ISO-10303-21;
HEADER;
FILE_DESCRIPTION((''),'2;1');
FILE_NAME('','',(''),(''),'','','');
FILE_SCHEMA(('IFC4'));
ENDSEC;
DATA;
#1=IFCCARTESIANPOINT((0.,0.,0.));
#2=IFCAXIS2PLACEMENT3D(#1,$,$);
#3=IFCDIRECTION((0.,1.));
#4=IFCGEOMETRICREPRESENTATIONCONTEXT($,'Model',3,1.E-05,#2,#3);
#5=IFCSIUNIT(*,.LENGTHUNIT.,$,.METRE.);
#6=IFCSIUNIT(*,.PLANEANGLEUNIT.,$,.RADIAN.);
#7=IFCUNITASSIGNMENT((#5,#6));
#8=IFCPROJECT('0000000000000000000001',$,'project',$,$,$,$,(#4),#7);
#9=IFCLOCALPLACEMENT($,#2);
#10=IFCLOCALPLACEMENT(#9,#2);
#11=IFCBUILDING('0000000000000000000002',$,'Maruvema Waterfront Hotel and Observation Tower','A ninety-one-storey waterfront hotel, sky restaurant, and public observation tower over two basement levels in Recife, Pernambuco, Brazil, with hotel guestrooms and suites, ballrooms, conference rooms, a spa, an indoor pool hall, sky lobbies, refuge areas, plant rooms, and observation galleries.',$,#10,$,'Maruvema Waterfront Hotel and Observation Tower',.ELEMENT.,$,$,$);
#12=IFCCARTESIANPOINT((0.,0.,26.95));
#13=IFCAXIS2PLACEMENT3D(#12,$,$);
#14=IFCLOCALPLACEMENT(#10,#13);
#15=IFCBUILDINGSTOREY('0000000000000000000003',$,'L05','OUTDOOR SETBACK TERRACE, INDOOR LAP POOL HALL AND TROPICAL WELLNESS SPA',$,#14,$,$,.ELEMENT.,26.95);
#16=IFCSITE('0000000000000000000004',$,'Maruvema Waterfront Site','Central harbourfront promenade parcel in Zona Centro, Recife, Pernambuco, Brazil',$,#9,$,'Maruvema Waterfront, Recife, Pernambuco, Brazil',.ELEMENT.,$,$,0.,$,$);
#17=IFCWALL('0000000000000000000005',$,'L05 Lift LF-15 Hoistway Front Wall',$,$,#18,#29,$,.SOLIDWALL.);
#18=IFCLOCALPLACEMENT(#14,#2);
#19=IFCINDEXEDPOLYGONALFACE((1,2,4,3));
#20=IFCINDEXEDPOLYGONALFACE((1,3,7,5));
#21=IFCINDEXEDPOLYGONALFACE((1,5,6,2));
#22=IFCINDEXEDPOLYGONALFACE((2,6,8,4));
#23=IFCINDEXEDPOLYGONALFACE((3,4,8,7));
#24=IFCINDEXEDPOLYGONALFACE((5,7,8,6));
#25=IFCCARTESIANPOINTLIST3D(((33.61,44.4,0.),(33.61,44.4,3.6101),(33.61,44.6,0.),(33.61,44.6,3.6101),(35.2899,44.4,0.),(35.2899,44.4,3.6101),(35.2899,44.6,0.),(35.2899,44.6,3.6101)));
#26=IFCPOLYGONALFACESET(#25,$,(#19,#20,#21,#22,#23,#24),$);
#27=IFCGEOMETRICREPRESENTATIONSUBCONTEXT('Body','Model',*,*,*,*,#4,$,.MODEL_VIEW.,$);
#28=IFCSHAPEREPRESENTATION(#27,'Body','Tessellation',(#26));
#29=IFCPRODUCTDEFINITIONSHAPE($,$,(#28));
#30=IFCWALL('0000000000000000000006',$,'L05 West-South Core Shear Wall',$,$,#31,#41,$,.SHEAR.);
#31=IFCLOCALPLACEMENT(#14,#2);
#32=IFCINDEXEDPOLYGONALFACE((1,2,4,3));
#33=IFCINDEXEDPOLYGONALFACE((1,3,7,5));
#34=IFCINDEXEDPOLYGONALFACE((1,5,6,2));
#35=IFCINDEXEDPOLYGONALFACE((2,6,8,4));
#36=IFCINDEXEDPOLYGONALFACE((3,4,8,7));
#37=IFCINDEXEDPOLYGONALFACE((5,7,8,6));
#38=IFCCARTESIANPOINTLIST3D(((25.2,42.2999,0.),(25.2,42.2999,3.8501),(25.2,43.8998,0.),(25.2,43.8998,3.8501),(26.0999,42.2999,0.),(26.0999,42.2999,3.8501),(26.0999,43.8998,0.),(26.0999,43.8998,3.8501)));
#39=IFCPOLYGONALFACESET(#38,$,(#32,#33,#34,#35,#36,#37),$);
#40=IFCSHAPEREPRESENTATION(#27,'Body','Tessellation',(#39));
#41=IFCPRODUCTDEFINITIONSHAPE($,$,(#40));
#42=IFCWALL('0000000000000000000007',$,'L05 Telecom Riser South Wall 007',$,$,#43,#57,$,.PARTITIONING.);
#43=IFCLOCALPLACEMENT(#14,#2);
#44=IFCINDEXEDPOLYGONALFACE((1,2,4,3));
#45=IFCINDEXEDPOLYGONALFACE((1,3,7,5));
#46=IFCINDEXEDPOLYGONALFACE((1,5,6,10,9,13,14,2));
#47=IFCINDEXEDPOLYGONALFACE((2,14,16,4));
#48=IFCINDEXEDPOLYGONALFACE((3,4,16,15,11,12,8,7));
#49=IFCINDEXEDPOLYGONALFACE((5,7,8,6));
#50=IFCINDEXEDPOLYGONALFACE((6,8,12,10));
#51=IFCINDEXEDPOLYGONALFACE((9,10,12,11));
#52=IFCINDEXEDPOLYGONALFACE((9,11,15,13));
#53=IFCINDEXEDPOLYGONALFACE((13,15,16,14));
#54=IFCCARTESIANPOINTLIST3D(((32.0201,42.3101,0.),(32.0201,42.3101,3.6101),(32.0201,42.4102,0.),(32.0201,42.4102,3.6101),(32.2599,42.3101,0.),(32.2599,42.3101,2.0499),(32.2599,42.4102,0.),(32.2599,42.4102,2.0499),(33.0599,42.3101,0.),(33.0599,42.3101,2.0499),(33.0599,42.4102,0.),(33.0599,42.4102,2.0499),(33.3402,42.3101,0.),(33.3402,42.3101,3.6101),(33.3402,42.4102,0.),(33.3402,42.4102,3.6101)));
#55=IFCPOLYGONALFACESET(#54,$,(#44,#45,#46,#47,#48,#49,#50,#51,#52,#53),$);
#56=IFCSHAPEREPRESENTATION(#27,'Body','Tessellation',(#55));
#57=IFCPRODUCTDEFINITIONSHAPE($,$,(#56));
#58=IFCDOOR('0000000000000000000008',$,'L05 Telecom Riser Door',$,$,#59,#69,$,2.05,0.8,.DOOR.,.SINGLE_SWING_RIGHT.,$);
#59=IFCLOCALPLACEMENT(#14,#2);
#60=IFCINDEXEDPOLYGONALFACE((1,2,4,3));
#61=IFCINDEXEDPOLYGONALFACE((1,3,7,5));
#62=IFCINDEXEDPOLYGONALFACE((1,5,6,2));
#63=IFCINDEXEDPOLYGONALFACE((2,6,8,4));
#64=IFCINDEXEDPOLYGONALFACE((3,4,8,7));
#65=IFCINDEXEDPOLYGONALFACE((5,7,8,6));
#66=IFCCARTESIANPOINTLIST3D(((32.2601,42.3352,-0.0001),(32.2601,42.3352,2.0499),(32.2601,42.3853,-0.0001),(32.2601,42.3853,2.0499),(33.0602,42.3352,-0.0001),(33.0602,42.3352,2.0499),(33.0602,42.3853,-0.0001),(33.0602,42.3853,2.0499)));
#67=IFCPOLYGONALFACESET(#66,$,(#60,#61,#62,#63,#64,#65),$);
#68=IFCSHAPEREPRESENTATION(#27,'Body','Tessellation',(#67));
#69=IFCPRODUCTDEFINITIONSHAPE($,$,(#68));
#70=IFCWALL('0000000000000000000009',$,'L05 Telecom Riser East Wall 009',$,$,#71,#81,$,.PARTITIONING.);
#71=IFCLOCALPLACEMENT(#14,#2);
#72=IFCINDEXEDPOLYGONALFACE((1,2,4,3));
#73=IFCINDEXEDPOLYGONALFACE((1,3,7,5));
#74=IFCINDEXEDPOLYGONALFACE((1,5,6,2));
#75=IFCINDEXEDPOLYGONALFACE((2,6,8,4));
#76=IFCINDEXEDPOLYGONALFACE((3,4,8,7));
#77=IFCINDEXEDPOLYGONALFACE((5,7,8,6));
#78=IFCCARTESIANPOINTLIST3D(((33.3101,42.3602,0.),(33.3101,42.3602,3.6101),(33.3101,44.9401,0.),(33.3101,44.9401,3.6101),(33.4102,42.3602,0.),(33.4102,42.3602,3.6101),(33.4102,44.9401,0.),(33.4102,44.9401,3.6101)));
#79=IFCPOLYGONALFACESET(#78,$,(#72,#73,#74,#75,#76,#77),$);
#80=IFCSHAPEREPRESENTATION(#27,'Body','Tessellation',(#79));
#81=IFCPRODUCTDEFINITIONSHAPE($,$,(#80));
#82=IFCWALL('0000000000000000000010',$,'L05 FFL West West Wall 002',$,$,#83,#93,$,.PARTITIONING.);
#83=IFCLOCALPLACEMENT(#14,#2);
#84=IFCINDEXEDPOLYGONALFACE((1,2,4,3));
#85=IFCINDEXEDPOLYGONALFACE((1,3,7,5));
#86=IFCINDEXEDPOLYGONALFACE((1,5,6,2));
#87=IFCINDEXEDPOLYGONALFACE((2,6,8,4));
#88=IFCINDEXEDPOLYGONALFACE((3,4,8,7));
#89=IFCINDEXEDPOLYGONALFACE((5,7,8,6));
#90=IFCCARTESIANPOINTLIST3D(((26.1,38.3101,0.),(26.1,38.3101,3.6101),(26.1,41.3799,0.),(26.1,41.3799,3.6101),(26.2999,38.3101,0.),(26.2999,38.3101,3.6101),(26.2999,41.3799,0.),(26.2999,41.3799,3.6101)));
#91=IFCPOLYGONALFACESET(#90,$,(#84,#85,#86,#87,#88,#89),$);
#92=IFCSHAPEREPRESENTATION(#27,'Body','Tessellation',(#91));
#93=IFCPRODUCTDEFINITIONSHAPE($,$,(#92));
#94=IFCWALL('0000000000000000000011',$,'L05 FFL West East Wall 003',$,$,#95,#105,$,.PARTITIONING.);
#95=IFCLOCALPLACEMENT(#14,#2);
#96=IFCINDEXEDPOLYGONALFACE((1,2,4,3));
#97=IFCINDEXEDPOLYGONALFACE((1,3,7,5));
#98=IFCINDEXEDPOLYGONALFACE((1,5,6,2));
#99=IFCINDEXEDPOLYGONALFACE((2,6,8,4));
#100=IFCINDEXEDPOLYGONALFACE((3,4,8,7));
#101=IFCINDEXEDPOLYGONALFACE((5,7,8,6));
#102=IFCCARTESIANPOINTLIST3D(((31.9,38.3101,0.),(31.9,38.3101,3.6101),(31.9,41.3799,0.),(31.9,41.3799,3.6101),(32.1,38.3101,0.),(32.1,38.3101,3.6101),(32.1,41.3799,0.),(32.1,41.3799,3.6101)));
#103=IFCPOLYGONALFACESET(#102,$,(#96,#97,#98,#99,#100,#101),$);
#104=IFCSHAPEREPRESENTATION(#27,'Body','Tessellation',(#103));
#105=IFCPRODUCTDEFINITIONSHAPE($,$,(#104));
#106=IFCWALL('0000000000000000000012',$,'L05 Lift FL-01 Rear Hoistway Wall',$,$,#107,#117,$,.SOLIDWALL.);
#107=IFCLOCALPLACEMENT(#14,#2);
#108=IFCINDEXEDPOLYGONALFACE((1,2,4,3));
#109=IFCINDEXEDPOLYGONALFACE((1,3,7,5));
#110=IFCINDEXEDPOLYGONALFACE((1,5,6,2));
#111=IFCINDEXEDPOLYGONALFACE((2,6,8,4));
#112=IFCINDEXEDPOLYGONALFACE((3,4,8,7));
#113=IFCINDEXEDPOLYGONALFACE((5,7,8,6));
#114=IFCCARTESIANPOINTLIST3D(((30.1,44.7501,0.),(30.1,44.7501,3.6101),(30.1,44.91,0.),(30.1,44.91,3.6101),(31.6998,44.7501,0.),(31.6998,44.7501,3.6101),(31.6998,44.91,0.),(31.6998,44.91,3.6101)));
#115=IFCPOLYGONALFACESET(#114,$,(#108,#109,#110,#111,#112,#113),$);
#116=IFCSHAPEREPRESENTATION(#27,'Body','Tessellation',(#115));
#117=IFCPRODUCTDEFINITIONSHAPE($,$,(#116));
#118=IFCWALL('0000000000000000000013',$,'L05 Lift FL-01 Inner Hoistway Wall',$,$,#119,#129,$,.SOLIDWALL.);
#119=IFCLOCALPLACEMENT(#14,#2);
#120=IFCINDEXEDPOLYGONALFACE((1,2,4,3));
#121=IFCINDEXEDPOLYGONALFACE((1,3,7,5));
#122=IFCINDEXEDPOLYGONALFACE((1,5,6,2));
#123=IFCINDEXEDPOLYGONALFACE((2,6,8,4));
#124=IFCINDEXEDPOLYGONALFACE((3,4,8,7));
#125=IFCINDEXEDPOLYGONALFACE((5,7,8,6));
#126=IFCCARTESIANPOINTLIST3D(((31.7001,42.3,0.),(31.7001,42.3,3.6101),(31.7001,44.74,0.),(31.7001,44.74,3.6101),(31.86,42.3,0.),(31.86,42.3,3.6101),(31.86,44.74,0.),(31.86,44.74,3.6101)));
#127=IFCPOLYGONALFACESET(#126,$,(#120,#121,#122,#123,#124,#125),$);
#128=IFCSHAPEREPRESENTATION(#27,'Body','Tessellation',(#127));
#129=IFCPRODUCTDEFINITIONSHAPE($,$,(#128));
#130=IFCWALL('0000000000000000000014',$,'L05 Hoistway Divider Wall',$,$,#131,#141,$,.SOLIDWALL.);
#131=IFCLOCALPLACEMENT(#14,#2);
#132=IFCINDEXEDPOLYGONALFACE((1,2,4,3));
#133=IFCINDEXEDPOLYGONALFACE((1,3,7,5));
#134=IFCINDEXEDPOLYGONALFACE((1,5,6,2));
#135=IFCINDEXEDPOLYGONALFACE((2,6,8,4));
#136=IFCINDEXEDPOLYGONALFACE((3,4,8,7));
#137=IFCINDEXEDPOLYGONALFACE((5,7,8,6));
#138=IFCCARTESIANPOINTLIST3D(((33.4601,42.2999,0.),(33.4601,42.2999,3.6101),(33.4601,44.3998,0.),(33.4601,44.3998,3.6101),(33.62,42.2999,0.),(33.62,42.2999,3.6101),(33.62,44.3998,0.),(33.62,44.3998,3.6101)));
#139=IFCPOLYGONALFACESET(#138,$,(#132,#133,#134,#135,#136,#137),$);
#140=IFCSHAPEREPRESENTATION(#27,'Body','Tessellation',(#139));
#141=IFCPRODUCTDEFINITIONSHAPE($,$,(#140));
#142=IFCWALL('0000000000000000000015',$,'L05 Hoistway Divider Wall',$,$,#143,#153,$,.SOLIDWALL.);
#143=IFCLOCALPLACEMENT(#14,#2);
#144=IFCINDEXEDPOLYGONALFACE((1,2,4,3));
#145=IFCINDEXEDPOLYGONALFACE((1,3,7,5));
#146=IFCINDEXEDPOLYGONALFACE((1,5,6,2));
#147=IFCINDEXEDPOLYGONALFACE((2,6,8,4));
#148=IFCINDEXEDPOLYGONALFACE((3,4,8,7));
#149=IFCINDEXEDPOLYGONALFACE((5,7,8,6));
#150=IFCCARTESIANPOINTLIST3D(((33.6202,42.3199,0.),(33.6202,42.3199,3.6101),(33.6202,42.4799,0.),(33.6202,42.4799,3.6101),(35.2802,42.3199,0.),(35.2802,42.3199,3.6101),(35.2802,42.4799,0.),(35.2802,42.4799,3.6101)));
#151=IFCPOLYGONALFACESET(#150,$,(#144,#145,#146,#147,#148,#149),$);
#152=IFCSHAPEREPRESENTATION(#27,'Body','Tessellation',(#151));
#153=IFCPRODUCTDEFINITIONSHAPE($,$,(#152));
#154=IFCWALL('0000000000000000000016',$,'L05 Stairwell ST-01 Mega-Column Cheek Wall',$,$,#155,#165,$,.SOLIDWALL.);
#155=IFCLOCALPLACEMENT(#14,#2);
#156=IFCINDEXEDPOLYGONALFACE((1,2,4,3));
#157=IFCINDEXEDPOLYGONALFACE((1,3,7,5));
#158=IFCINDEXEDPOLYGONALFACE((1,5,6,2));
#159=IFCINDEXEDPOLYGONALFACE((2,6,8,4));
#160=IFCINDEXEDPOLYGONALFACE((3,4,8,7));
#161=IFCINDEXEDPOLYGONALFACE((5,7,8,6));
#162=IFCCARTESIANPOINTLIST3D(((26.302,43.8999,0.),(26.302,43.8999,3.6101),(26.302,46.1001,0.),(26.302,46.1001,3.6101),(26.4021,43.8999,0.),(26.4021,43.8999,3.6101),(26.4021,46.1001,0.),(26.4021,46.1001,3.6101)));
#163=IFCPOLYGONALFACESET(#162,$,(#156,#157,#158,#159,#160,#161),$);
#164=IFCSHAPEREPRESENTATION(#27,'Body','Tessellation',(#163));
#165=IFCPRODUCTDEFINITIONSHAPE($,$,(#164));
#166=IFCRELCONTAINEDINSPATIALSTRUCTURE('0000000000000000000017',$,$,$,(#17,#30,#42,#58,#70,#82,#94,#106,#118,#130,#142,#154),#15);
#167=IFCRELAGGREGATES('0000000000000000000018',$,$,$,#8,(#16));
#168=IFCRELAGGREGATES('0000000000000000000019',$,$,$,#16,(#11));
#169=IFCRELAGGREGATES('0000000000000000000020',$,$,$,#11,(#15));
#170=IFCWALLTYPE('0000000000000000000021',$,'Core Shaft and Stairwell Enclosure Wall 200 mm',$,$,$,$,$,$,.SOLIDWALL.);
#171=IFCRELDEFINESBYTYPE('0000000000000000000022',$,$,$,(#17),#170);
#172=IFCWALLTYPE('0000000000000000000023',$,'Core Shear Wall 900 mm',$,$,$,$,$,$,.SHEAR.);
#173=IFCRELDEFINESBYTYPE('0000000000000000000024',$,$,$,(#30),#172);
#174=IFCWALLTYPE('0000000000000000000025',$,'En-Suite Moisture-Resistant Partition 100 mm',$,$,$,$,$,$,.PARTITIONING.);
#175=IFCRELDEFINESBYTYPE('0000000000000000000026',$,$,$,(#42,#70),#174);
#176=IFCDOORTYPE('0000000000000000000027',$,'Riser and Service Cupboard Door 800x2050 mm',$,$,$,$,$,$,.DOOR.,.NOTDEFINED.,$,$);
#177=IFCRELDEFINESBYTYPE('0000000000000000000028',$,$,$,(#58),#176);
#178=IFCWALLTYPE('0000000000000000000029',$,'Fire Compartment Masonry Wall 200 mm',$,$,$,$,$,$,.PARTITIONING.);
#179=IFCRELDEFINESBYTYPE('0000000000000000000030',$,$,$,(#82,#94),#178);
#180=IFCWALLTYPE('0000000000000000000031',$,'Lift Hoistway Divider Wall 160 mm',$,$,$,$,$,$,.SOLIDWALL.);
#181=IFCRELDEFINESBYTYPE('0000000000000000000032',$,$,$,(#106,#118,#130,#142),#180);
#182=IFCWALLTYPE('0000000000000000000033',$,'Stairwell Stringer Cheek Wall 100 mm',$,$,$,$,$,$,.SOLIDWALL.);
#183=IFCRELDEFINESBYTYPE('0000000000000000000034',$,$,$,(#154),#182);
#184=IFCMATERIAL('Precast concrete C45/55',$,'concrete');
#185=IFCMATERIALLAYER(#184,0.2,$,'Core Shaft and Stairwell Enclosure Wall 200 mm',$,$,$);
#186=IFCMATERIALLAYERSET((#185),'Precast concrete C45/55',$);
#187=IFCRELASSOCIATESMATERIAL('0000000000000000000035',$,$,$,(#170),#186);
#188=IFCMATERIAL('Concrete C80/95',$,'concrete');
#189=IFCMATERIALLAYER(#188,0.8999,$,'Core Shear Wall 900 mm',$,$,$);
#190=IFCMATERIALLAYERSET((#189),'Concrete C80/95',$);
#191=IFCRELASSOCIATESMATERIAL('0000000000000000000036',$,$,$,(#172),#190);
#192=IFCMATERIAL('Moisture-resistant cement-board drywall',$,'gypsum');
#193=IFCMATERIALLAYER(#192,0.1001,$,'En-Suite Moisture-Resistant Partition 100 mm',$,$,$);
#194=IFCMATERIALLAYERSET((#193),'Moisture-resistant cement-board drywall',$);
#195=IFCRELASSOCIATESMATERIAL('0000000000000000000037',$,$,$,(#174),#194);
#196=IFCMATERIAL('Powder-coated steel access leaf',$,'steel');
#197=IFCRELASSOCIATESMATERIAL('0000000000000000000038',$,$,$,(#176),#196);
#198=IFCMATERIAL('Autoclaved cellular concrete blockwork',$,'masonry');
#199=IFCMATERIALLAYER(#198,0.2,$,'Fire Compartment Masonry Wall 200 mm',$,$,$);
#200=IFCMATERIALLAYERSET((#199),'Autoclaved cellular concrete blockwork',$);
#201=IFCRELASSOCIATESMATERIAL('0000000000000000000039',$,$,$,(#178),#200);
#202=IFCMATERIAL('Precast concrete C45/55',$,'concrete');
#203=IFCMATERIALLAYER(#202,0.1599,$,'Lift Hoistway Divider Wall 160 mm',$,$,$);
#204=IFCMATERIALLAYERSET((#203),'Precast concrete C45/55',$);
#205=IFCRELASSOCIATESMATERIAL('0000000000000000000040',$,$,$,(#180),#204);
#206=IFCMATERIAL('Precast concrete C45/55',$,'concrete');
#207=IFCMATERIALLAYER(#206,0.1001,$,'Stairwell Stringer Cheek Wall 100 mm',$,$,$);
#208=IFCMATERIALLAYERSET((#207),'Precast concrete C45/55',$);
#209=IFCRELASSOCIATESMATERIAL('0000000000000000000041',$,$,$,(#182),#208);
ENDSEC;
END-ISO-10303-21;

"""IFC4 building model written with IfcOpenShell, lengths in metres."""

from ifc_helpers import new_model, si_unit, direction, frame, frame_2d, origin, place, context, subcontext, project, spatial, rectangle, extrude, material, layer, layer_set, type_object, element, fill, save


model = new_model("IFC4")

# Units and contexts
model_context = context("Model", 3, precision=1e-05, world=origin(), true_north=direction((0.0, 1.0)))
body_context = subcontext(model_context, "Body", "Model", "MODEL_VIEW")
ifc_project = project(units=[si_unit("LENGTHUNIT", "METRE"), si_unit("PLANEANGLEUNIT", "RADIAN")], contexts=[model_context])

# Site, building, storey
site_placement = place(None, origin())
site = spatial("IfcSite", under=ifc_project, at=site_placement, Name="Maruvema Waterfront Site", Description="Central harbourfront promenade parcel in Zona Centro, Recife, Pernambuco, Brazil", LongName="Maruvema Waterfront, Recife, Pernambuco, Brazil", CompositionType="ELEMENT", RefElevation=0.0)
building_placement = place(site_placement, origin())
building = spatial("IfcBuilding", under=site, at=building_placement, Name="Maruvema Waterfront Hotel and Observation Tower", Description="A ninety-one-storey waterfront hotel, sky restaurant, and public observation tower over two basement levels in Recife, Pernambuco, Brazil, with hotel guestrooms and suites, ballrooms, conference rooms, a spa, an indoor pool hall, sky lobbies, refuge areas, plant rooms, and observation galleries.", LongName="Maruvema Waterfront Hotel and Observation Tower", CompositionType="ELEMENT")
storey_placement = place(building_placement, frame((0.0, 0.0, 26.95)))
storey = spatial("IfcBuildingStorey", under=building, at=storey_placement, Name="L05", Description="OUTDOOR SETBACK TERRACE, INDOOR LAP POOL HALL AND TROPICAL WELLNESS SPA", CompositionType="ELEMENT", Elevation=26.95)

# Walls
ifc_material_1 = material(Name="Precast concrete C45/55", Category="concrete")
ifc_layer_1 = layer(ifc_material_1, 0.2, Name="Core Shaft and Stairwell Enclosure Wall 200 mm")
ifc_layer_set_1 = layer_set([ifc_layer_1], Name="Precast concrete C45/55")
wall_type_1 = type_object("IfcWallType", Name="Core Shaft and Stairwell Enclosure Wall 200 mm", PredefinedType="SOLIDWALL", material=ifc_layer_set_1)
wall_1_placement = place(storey_placement, frame((33.6101, 44.5, 0.0), z_axis=(0.0, 0.0, 1.0), x_axis=(1.0, 0.0, 0.0)))
element("IfcWall", 1, at=wall_1_placement, inside=storey, type_object=wall_type_1, Name="L05 Lift LF-15 Hoistway Front Wall", PredefinedType="SOLIDWALL", context=body_context, shape_type="SweptSolid", body=[
    extrude(rectangle(XDim=1.6799, YDim=0.2, at=frame_2d((0.8398, 0.0))), origin(), (0.0, 0.0, 1.0), 3.6101),
])
ifc_material_2 = material(Name="Concrete C80/95", Category="concrete")
ifc_layer_2 = layer(ifc_material_2, 0.8999, Name="Core Shear Wall 900 mm")
ifc_layer_set_2 = layer_set([ifc_layer_2], Name="Concrete C80/95")
wall_type_2 = type_object("IfcWallType", Name="Core Shear Wall 900 mm", PredefinedType="SHEAR", material=ifc_layer_set_2)
wall_2_placement = place(storey_placement, frame((25.6499, 42.3, 0.0), z_axis=(0.0, 0.0, 1.0), x_axis=(0.0, 1.0, 0.0)))
element("IfcWall", 2, at=wall_2_placement, inside=storey, type_object=wall_type_2, Name="L05 West-South Core Shear Wall", PredefinedType="SHEAR", context=body_context, shape_type="SweptSolid", body=[
    extrude(rectangle(XDim=1.5999, YDim=0.8999, at=frame_2d((0.7998, 0.0))), origin(), (0.0, 0.0, 1.0), 3.8501),
])

# Wall, opening, door
ifc_material_3 = material(Name="Moisture-resistant cement-board drywall", Category="gypsum")
ifc_layer_3 = layer(ifc_material_3, 0.1001, Name="En-Suite Moisture-Resistant Partition 100 mm")
ifc_layer_set_3 = layer_set([ifc_layer_3], Name="Moisture-resistant cement-board drywall")
wall_type_3 = type_object("IfcWallType", Name="En-Suite Moisture-Resistant Partition 100 mm", PredefinedType="PARTITIONING", material=ifc_layer_set_3)
wall_3_placement = place(storey_placement, frame((32.02, 42.3601, 0.0), z_axis=(0.0, 0.0, 1.0), x_axis=(1.0, 0.0, 0.0)))
wall_3 = element("IfcWall", 3, at=wall_3_placement, inside=storey, type_object=wall_type_3, Name="L05 Telecom Riser South Wall 007", PredefinedType="PARTITIONING", context=body_context, shape_type="SweptSolid", body=[
    extrude(rectangle(XDim=1.3201, YDim=0.1001, at=frame_2d((0.6602, 0.0))), origin(), (0.0, 0.0, 1.0), 3.6101),
])
opening_1_placement = place(wall_3_placement, frame((0.24, 0.0, 0.0)))
opening_1 = element("IfcOpeningElement", 4, at=opening_1_placement, cuts=wall_3, PredefinedType="OPENING", context=body_context, shape_type="SweptSolid", body=[
    extrude(rectangle(XDim=0.8, YDim=2.05, at=frame_2d((0.3999, 1.0249))), frame((0.0, 0.0601, 0.0), z_axis=(0.0, -1.0, 0.0), x_axis=(1.0, 0.0, 0.0)), (0.0, 0.0, 1.0), 0.1201),
])
ifc_material_4 = material(Name="Powder-coated steel access leaf", Category="steel")
door_type_1 = type_object("IfcDoorType", Name="Riser and Service Cupboard Door 800x2050 mm", OperationType="NOTDEFINED", PredefinedType="DOOR", material=ifc_material_4)
door_1_placement = place(opening_1_placement, frame((0.8, 0.0, 0.0), z_axis=(0.0, 0.0, 1.0), x_axis=(-1.0, 0.0, 0.0)))
door_1 = element("IfcDoor", 5, at=door_1_placement, inside=storey, type_object=door_type_1, Name="L05 Telecom Riser Door", OperationType="SINGLE_SWING_RIGHT", OverallHeight=2.05, OverallWidth=0.8, PredefinedType="DOOR", context=body_context, shape_type="SweptSolid", body=[
    extrude(rectangle(XDim=0.8, YDim=2.05, at=frame_2d((0.3999, 1.0249))), frame((0.0, 0.0249, 0.0), z_axis=(0.0, -1.0, 0.0), x_axis=(1.0, 0.0, 0.0)), (0.0, 0.0, 1.0), 0.05),
])
fill(opening_1, door_1)

# Wall
wall_4_placement = place(storey_placement, frame((33.3601, 42.3601, 0.0), z_axis=(0.0, 0.0, 1.0), x_axis=(0.0, 1.0, 0.0)))
element("IfcWall", 6, at=wall_4_placement, inside=storey, type_object=wall_type_3, Name="L05 Telecom Riser East Wall 009", PredefinedType="PARTITIONING", context=body_context, shape_type="SweptSolid", body=[
    extrude(rectangle(XDim=2.5798, YDim=0.1001, at=frame_2d((1.29, 0.0))), origin(), (0.0, 0.0, 1.0), 3.6101),
])

# Shared definitions
ifc_material_5 = material(Name="Autoclaved cellular concrete blockwork", Category="masonry")
ifc_layer_4 = layer(ifc_material_5, 0.2, Name="Fire Compartment Masonry Wall 200 mm")
ifc_layer_set_4 = layer_set([ifc_layer_4], Name="Autoclaved cellular concrete blockwork")
wall_type_4 = type_object("IfcWallType", Name="Fire Compartment Masonry Wall 200 mm", PredefinedType="PARTITIONING", material=ifc_layer_set_4)

# Walls
for number, where, z_axis, x_axis, name in (
    (7, (26.2, 38.3101, 0.0), (0.0, 0.0, 1.0), (0.0, 1.0, 0.0), "L05 FFL West West Wall 002"),
    (8, (32.0, 38.3101, 0.0), (0.0, 0.0, 1.0), (0.0, 1.0, 0.0), "L05 FFL West East Wall 003"),
):
    element("IfcWall", number, at=place(storey_placement, frame(where, z_axis=z_axis, x_axis=x_axis)), inside=storey, type_object=wall_type_4, Name=name, PredefinedType="PARTITIONING", context=body_context, shape_type="SweptSolid", body=[
        extrude(rectangle(XDim=3.0698, YDim=0.2, at=frame_2d((1.5349, 0.0))), origin(), (0.0, 0.0, 1.0), 3.6101),
    ])
ifc_material_6 = material(Name="Precast concrete C45/55", Category="concrete")
ifc_layer_5 = layer(ifc_material_6, 0.1599, Name="Lift Hoistway Divider Wall 160 mm")
ifc_layer_set_5 = layer_set([ifc_layer_5], Name="Precast concrete C45/55")
wall_type_5 = type_object("IfcWallType", Name="Lift Hoistway Divider Wall 160 mm", PredefinedType="SOLIDWALL", material=ifc_layer_set_5)
wall_5_placement = place(storey_placement, frame((30.1001, 44.8301, 0.0), z_axis=(0.0, 0.0, 1.0), x_axis=(1.0, 0.0, 0.0)))
element("IfcWall", 9, at=wall_5_placement, inside=storey, type_object=wall_type_5, Name="L05 Lift FL-01 Rear Hoistway Wall", PredefinedType="SOLIDWALL", context=body_context, shape_type="SweptSolid", body=[
    extrude(rectangle(XDim=1.5999, YDim=0.1599, at=frame_2d((0.7998, 0.0))), origin(), (0.0, 0.0, 1.0), 3.6101),
])
wall_6_placement = place(storey_placement, frame((31.78, 42.3, 0.0), z_axis=(0.0, 0.0, 1.0), x_axis=(0.0, 1.0, 0.0)))
element("IfcWall", 10, at=wall_6_placement, inside=storey, type_object=wall_type_5, Name="L05 Lift FL-01 Inner Hoistway Wall", PredefinedType="SOLIDWALL", context=body_context, shape_type="SweptSolid", body=[
    extrude(rectangle(XDim=2.4399, YDim=0.1599, at=frame_2d((1.22, 0.0))), origin(), (0.0, 0.0, 1.0), 3.6101),
])
wall_7_placement = place(storey_placement, frame((33.54, 42.3, 0.0), z_axis=(0.0, 0.0, 1.0), x_axis=(0.0, 1.0, 0.0)))
element("IfcWall", 11, at=wall_7_placement, inside=storey, type_object=wall_type_5, Name="L05 Hoistway Divider Wall", PredefinedType="SOLIDWALL", context=body_context, shape_type="SweptSolid", body=[
    extrude(rectangle(XDim=2.0999, YDim=0.1599, at=frame_2d((1.0498, 0.0))), origin(), (0.0, 0.0, 1.0), 3.6101),
])
wall_8_placement = place(storey_placement, frame((33.6201, 42.3999, 0.0), z_axis=(0.0, 0.0, 1.0), x_axis=(1.0, 0.0, 0.0)))
element("IfcWall", 12, at=wall_8_placement, inside=storey, type_object=wall_type_5, Name="L05 Hoistway Divider Wall", PredefinedType="SOLIDWALL", context=body_context, shape_type="SweptSolid", body=[
    extrude(rectangle(XDim=1.6599, YDim=0.1599, at=frame_2d((0.8301, 0.0))), origin(), (0.0, 0.0, 1.0), 3.6101),
])
ifc_material_7 = material(Name="Precast concrete C45/55", Category="concrete")
ifc_layer_6 = layer(ifc_material_7, 0.1001, Name="Stairwell Stringer Cheek Wall 100 mm")
ifc_layer_set_6 = layer_set([ifc_layer_6], Name="Precast concrete C45/55")
wall_type_6 = type_object("IfcWallType", Name="Stairwell Stringer Cheek Wall 100 mm", PredefinedType="SOLIDWALL", material=ifc_layer_set_6)
wall_9_placement = place(storey_placement, frame((26.3521, 43.8999, 0.0), z_axis=(0.0, 0.0, 1.0), x_axis=(0.0, 1.0, 0.0)))
element("IfcWall", 13, at=wall_9_placement, inside=storey, type_object=wall_type_6, Name="L05 Stairwell ST-01 Mega-Column Cheek Wall", PredefinedType="SOLIDWALL", context=body_context, shape_type="SweptSolid", body=[
    extrude(rectangle(XDim=2.2002, YDim=0.1001, at=frame_2d((1.1001, 0.0))), origin(), (0.0, 0.0, 1.0), 3.6101),
])

save(model, "model.ifc")
